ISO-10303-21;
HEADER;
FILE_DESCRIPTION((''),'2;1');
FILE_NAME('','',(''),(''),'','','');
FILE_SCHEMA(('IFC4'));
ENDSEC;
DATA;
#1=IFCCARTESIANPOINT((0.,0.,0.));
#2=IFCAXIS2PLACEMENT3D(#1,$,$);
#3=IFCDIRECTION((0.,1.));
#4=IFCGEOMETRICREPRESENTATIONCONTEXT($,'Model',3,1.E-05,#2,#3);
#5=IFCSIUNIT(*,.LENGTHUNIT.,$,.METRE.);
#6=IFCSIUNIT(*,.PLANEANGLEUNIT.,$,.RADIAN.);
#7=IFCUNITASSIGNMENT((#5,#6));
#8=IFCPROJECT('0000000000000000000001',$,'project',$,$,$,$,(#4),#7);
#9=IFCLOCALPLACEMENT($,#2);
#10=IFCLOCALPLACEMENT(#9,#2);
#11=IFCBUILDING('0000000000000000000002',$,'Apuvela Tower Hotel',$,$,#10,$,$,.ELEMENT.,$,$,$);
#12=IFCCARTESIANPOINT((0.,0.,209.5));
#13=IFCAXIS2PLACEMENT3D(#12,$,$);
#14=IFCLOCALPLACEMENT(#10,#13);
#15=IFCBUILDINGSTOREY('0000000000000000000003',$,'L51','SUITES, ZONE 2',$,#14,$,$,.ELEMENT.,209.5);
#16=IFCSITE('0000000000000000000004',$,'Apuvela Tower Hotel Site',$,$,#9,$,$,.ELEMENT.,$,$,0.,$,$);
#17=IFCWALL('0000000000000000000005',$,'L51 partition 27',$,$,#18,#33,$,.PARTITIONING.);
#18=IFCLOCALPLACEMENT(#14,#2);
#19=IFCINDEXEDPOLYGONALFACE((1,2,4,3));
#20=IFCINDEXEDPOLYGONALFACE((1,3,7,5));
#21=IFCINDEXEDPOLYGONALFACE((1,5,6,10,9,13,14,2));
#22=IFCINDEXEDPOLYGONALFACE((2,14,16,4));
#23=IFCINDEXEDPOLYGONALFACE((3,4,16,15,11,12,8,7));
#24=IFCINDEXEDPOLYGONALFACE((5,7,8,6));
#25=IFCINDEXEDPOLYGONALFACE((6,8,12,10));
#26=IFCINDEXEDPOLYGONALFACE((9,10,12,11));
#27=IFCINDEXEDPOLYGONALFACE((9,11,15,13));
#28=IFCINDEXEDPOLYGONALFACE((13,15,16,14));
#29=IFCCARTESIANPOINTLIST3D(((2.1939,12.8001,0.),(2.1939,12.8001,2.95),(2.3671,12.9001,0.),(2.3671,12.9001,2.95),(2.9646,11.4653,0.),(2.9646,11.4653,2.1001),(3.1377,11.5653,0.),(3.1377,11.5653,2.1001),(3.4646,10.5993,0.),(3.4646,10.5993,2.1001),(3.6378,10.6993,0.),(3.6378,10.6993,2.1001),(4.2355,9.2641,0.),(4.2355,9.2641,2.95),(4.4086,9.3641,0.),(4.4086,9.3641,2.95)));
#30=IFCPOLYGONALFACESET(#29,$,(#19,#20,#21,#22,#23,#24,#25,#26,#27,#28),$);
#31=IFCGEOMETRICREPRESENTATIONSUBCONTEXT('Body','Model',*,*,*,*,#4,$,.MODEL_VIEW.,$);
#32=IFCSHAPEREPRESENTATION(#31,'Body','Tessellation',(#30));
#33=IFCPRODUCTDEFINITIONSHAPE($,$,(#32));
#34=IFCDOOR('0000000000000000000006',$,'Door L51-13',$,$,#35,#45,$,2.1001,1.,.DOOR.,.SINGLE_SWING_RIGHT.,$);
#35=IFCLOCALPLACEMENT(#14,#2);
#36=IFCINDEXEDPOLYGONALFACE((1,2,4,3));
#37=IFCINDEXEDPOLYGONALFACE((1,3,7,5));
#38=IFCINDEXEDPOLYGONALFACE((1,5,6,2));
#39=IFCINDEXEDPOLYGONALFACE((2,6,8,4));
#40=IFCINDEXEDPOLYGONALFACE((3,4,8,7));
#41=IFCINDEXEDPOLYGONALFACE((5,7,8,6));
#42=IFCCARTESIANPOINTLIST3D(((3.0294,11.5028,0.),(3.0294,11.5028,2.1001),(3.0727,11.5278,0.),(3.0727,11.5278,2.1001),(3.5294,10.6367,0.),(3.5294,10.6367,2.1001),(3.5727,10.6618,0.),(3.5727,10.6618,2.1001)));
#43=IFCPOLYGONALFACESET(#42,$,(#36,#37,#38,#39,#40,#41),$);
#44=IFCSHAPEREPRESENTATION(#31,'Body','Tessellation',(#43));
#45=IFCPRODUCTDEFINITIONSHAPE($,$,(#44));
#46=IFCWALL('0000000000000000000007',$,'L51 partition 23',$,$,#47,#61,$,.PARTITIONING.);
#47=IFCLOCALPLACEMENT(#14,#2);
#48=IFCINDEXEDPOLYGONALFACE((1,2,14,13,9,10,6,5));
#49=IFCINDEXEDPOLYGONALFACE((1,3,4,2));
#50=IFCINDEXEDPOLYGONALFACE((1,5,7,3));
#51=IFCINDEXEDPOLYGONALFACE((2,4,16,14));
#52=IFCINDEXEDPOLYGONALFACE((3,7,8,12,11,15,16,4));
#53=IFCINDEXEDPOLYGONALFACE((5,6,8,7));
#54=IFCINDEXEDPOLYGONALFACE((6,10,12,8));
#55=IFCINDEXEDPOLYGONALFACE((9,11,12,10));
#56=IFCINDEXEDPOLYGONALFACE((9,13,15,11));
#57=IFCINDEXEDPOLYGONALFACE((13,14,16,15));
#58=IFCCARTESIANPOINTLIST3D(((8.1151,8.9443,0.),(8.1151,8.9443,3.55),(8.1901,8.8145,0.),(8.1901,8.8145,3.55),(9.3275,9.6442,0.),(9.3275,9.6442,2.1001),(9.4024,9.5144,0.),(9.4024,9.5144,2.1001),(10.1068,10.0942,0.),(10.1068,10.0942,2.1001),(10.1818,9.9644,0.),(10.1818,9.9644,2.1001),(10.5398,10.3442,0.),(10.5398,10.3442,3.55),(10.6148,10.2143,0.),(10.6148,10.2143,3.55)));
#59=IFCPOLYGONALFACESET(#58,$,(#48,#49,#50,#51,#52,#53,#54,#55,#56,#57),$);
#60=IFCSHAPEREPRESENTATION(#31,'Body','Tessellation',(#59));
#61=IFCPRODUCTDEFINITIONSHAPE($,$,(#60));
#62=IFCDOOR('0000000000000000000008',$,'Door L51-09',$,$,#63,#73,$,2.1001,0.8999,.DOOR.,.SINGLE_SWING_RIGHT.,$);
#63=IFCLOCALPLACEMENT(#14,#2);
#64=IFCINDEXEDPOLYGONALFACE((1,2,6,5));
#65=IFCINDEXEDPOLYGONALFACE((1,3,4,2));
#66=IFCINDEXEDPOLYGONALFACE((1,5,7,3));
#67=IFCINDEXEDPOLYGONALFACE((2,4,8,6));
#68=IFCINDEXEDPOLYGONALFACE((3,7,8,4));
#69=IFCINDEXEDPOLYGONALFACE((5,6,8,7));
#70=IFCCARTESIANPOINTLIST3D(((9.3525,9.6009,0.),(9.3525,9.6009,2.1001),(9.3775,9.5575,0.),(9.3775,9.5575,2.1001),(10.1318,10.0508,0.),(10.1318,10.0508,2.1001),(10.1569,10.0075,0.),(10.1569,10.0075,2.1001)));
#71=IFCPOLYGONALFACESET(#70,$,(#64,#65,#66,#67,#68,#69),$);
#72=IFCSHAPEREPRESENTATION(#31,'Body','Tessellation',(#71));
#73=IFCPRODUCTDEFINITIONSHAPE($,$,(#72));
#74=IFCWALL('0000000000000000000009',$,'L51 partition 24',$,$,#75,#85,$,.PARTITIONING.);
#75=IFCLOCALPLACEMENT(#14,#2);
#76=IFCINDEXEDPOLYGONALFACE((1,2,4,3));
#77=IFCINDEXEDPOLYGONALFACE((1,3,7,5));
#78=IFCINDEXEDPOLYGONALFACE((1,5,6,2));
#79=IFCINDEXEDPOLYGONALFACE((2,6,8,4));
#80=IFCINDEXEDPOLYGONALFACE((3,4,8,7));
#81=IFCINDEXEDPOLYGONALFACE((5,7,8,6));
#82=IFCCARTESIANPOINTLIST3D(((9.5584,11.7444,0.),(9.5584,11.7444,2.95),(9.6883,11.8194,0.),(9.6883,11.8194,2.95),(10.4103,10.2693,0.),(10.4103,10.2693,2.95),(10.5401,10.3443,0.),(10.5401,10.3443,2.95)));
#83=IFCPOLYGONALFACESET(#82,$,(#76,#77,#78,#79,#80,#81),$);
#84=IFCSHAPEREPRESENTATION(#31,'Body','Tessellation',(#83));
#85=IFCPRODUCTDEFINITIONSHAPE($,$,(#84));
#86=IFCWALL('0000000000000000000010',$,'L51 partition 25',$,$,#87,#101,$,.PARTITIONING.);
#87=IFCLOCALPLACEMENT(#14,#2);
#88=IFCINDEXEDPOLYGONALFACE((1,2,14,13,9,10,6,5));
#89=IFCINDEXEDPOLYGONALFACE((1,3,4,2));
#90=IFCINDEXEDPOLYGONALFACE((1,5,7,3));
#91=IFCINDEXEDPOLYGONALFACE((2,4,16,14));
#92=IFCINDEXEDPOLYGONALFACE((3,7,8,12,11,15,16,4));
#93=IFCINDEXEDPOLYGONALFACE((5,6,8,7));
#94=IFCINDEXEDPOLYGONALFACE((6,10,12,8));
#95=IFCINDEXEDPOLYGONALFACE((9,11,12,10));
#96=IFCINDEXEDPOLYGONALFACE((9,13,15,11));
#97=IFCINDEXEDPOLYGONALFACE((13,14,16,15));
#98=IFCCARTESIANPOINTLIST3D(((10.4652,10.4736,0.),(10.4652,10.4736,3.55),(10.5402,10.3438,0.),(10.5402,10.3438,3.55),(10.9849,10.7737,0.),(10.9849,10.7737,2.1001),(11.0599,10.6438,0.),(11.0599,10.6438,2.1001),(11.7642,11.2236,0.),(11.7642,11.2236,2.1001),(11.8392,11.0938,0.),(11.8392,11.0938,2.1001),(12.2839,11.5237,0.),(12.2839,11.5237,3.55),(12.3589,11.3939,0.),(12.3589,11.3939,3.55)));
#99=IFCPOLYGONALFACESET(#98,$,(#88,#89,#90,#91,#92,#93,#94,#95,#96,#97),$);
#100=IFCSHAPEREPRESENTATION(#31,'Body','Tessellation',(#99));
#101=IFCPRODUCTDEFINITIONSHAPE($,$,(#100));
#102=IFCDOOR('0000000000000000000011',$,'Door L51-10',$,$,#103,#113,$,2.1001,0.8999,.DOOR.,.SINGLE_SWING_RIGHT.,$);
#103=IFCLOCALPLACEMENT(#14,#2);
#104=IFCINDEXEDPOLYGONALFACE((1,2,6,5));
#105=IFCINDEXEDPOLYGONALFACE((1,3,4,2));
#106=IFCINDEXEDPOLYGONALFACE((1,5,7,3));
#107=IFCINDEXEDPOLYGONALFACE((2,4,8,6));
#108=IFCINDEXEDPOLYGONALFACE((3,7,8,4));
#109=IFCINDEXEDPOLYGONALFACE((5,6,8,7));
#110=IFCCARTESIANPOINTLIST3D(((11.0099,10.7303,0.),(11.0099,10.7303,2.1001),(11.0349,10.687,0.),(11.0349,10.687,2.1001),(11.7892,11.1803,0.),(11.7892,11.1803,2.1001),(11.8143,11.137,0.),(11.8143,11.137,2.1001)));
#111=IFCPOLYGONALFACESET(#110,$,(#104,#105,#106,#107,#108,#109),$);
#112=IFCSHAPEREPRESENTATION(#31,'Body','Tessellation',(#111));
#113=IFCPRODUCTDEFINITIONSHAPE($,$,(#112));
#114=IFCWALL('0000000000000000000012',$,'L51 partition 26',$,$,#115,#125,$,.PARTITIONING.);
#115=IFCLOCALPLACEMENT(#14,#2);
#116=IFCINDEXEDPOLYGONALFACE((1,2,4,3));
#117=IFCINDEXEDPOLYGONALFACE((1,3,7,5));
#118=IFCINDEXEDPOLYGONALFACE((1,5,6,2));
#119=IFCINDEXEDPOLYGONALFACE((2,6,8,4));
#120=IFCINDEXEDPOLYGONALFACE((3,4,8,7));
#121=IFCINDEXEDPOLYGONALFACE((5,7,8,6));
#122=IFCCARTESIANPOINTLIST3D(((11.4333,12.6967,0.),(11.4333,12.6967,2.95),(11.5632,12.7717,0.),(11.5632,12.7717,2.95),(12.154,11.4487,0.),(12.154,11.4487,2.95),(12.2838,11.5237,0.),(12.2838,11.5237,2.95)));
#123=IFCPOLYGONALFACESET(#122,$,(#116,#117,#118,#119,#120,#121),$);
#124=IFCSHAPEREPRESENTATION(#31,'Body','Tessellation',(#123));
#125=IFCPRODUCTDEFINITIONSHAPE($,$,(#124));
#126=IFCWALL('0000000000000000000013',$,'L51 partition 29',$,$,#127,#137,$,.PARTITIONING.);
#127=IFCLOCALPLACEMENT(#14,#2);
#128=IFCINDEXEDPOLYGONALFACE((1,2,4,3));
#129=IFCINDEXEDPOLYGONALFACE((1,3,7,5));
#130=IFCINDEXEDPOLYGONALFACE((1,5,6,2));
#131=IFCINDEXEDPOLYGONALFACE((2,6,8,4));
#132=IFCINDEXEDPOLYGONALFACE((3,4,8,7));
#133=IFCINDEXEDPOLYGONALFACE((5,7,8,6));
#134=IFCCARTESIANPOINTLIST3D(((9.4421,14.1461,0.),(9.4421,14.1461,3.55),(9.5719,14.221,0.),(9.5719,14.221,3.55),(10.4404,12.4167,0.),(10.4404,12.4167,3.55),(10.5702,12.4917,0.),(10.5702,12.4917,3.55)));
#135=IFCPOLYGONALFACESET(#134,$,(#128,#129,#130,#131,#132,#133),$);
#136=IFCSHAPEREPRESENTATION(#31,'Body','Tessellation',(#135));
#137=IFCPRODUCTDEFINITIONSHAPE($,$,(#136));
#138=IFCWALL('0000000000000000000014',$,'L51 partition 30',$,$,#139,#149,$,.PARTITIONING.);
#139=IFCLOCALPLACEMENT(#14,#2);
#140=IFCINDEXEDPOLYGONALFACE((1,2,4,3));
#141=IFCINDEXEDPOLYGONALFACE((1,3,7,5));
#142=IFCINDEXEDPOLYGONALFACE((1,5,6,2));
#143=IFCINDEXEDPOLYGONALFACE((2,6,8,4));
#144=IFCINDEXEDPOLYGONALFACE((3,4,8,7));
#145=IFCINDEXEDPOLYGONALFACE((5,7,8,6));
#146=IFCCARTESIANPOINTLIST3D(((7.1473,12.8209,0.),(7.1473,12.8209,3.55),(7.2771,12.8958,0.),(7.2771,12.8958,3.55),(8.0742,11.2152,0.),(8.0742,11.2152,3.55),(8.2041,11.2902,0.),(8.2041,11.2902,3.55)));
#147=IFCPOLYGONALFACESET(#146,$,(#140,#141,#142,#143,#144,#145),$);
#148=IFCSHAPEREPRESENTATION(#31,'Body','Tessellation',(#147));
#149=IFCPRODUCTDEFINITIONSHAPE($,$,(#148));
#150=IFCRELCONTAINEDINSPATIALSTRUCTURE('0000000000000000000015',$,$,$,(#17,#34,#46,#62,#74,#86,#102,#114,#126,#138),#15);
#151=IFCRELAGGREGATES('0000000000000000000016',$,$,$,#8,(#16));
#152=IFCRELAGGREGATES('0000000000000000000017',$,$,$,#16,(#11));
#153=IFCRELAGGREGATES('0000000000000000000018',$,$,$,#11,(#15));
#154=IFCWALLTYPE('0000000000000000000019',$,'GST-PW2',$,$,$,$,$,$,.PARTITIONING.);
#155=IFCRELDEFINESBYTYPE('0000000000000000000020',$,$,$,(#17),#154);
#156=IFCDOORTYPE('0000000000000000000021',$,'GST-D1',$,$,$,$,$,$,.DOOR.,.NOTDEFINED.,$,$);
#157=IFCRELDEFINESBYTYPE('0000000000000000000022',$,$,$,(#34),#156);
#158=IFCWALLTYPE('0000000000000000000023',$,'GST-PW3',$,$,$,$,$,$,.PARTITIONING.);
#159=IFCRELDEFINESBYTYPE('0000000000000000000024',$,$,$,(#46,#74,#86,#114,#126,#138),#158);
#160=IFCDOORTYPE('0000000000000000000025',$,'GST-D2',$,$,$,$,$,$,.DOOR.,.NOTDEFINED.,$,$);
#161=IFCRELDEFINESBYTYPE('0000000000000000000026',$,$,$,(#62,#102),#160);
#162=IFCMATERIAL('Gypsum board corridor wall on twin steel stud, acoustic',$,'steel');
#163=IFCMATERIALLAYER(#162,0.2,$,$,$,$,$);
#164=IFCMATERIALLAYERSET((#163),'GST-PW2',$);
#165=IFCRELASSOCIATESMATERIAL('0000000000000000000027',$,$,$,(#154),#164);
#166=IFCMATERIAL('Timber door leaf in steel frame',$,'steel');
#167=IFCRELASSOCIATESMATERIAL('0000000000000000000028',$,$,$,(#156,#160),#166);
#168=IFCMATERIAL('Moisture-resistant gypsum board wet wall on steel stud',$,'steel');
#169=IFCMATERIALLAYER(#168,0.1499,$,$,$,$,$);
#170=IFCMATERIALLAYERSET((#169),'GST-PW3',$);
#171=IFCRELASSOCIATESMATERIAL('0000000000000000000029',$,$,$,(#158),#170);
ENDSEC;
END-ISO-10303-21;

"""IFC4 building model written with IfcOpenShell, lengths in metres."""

from ifc_helpers import new_model, si_unit, direction, frame, frame_2d, origin, place, context, subcontext, project, spatial, rectangle, extrude, material, layer, layer_set, type_object, element, fill, save


model = new_model("IFC4")

# Units and contexts
model_context = context("Model", 3, precision=1e-05, world=origin(), true_north=direction((0.0, 1.0)))
body_context = subcontext(model_context, "Body", "Model", "MODEL_VIEW")
ifc_project = project(units=[si_unit("LENGTHUNIT", "METRE"), si_unit("PLANEANGLEUNIT", "RADIAN")], contexts=[model_context])

# Site, building, storey
site_placement = place(None, origin())
site = spatial("IfcSite", under=ifc_project, at=site_placement, Name="Apuvela Tower Hotel Site", CompositionType="ELEMENT", RefElevation=0.0)
building_placement = place(site_placement, origin())
building = spatial("IfcBuilding", under=site, at=building_placement, Name="Apuvela Tower Hotel", CompositionType="ELEMENT")
storey_placement = place(building_placement, frame((0.0, 0.0, 209.5)))
storey = spatial("IfcBuildingStorey", under=building, at=storey_placement, Name="L51", Description="SUITES, ZONE 2", CompositionType="ELEMENT", Elevation=209.5)

# Walls, openings, doors
ifc_material_1 = material(Name="Gypsum board corridor wall on twin steel stud, acoustic", Category="steel")
ifc_layer_1 = layer(ifc_material_1, 0.2)
ifc_layer_set_1 = layer_set([ifc_layer_1], Name="GST-PW2")
wall_type_1 = type_object("IfcWallType", Name="GST-PW2", PredefinedType="PARTITIONING", material=ifc_layer_set_1)
ifc_material_2 = material(Name="Timber door leaf in steel frame", Category="steel")
door_type_1 = type_object("IfcDoorType", Name="GST-D1", OperationType="NOTDEFINED", PredefinedType="DOOR", material=ifc_material_2)
wall_1_placement = place(storey_placement, frame((2.2805, 12.8501, 0.0), z_axis=(0.0, 0.0, 1.0), x_axis=(0.500011, -0.866019, 0.0)))
wall_1 = element("IfcWall", 1, at=wall_1_placement, inside=storey, type_object=wall_type_1, Name="L51 partition 27", PredefinedType="PARTITIONING", context=body_context, shape_type="SweptSolid", body=[
    extrude(rectangle(XDim=4.083, YDim=0.2, at=frame_2d((2.0415, 0.0))), origin(), (0.0, 0.0, 1.0), 2.95),
])
opening_1_placement = place(wall_1_placement, frame((1.5413, 0.0, 0.0)))
opening_1 = element("IfcOpeningElement", 2, at=opening_1_placement, cuts=wall_1, PredefinedType="OPENING", context=body_context, shape_type="SweptSolid", body=[
    extrude(rectangle(XDim=1.0, YDim=2.1001, at=frame_2d((0.5, 1.05))), frame((0.0, 0.1099, 0.0), z_axis=(0.0, -1.0, 0.0), x_axis=(1.0, 0.0, 0.0)), (0.0, 0.0, 1.0), 0.22),
])
door_1_placement = place(opening_1_placement, origin())
door_1 = element("IfcDoor", 3, at=door_1_placement, inside=storey, type_object=door_type_1, Name="Door L51-13", OperationType="SINGLE_SWING_RIGHT", OverallHeight=2.1001, OverallWidth=1.0, PredefinedType="DOOR", context=body_context, shape_type="SweptSolid", body=[
    extrude(rectangle(XDim=1.0, YDim=2.1001, at=frame_2d((0.5, 1.05))), frame((0.0, 0.0249, 0.0), z_axis=(0.0, -1.0, 0.0), x_axis=(1.0, 0.0, 0.0)), (0.0, 0.0, 1.0), 0.05),
])
fill(opening_1, door_1)
ifc_material_3 = material(Name="Moisture-resistant gypsum board wet wall on steel stud", Category="steel")
ifc_layer_2 = layer(ifc_material_3, 0.1499)
ifc_layer_set_2 = layer_set([ifc_layer_2], Name="GST-PW3")
wall_type_2 = type_object("IfcWallType", Name="GST-PW3", PredefinedType="PARTITIONING", material=ifc_layer_set_2)
wall_2_placement = place(storey_placement, frame((8.1526, 8.8794, 0.0), z_axis=(0.0, 0.0, 1.0), x_axis=(0.866035, 0.499984, 0.0)))
wall_2 = element("IfcWall", 4, at=wall_2_placement, inside=storey, type_object=wall_type_2, Name="L51 partition 23", PredefinedType="PARTITIONING", context=body_context, shape_type="SweptSolid", body=[
    extrude(rectangle(XDim=2.7998, YDim=0.1499, at=frame_2d((1.3999, 0.0))), origin(), (0.0, 0.0, 1.0), 3.55),
])
opening_2_placement = place(wall_2_placement, frame((1.3999, 0.0, 0.0)))
opening_2 = element("IfcOpeningElement", 5, at=opening_2_placement, cuts=wall_2, PredefinedType="OPENING", context=body_context, shape_type="SweptSolid", body=[
    extrude(rectangle(XDim=0.8999, YDim=2.1001, at=frame_2d((0.45, 1.05))), frame((0.0, 0.085, 0.0), z_axis=(0.0, -1.0, 0.0), x_axis=(1.0, 0.0, 0.0)), (0.0, 0.0, 1.0), 0.1699),
])
door_type_2 = type_object("IfcDoorType", Name="GST-D2", OperationType="NOTDEFINED", PredefinedType="DOOR", material=ifc_material_2)
door_2_placement = place(opening_2_placement, origin())
door_2 = element("IfcDoor", 6, at=door_2_placement, inside=storey, type_object=door_type_2, Name="Door L51-09", OperationType="SINGLE_SWING_RIGHT", OverallHeight=2.1001, OverallWidth=0.8999, PredefinedType="DOOR", context=body_context, shape_type="SweptSolid", body=[
    extrude(rectangle(XDim=0.8999, YDim=2.1001, at=frame_2d((0.45, 1.05))), frame((0.0, 0.0249, 0.0), z_axis=(0.0, -1.0, 0.0), x_axis=(1.0, 0.0, 0.0)), (0.0, 0.0, 1.0), 0.05),
])
fill(opening_2, door_2)

# Wall
wall_3_placement = place(storey_placement, frame((10.4751, 10.3069, 0.0), z_axis=(0.0, 0.0, 1.0), x_axis=(-0.50007, 0.865985, 0.0)))
element("IfcWall", 7, at=wall_3_placement, inside=storey, type_object=wall_type_2, Name="L51 partition 24", PredefinedType="PARTITIONING", context=body_context, shape_type="SweptSolid", body=[
    extrude(rectangle(XDim=1.7034, YDim=0.1499, at=frame_2d((0.8516, 0.0))), origin(), (0.0, 0.0, 1.0), 2.95),
])

# Wall, opening, door
wall_4_placement = place(storey_placement, frame((10.5027, 10.4087, 0.0), z_axis=(0.0, 0.0, 1.0), x_axis=(0.866009, 0.500028, 0.0)))
wall_4 = element("IfcWall", 8, at=wall_4_placement, inside=storey, type_object=wall_type_2, Name="L51 partition 25", PredefinedType="PARTITIONING", context=body_context, shape_type="SweptSolid", body=[
    extrude(rectangle(XDim=2.1001, YDim=0.1499, at=frame_2d((1.05, 0.0))), origin(), (0.0, 0.0, 1.0), 3.55),
])
opening_3_placement = place(wall_4_placement, frame((0.6001, 0.0, 0.0)))
opening_3 = element("IfcOpeningElement", 9, at=opening_3_placement, cuts=wall_4, PredefinedType="OPENING", context=body_context, shape_type="SweptSolid", body=[
    extrude(rectangle(XDim=0.8999, YDim=2.1001, at=frame_2d((0.45, 1.05))), frame((0.0, 0.085, 0.0), z_axis=(0.0, -1.0, 0.0), x_axis=(1.0, 0.0, 0.0)), (0.0, 0.0, 1.0), 0.1699),
])
door_3_placement = place(opening_3_placement, origin())
door_3 = element("IfcDoor", 10, at=door_3_placement, inside=storey, type_object=door_type_2, Name="Door L51-10", OperationType="SINGLE_SWING_RIGHT", OverallHeight=2.1001, OverallWidth=0.8999, PredefinedType="DOOR", context=body_context, shape_type="SweptSolid", body=[
    extrude(rectangle(XDim=0.8999, YDim=2.1001, at=frame_2d((0.45, 1.05))), frame((0.0, 0.0249, 0.0), z_axis=(0.0, -1.0, 0.0), x_axis=(1.0, 0.0, 0.0)), (0.0, 0.0, 1.0), 0.05),
])
fill(opening_3, door_3)

# Walls
wall_5_placement = place(storey_placement, frame((12.219, 11.4861, 0.0), z_axis=(0.0, 0.0, 1.0), x_axis=(-0.500074, 0.865982, 0.0)))
element("IfcWall", 11, at=wall_5_placement, inside=storey, type_object=wall_type_2, Name="L51 partition 26", PredefinedType="PARTITIONING", context=body_context, shape_type="SweptSolid", body=[
    extrude(rectangle(XDim=1.4412, YDim=0.1499, at=frame_2d((0.7207, 0.0))), origin(), (0.0, 0.0, 1.0), 2.95),
])
wall_6_placement = place(storey_placement, frame((10.5054, 12.4541, 0.0), z_axis=(0.0, 0.0, 1.0), x_axis=(-0.499966, 0.866045, 0.0)))
element("IfcWall", 12, at=wall_6_placement, inside=storey, type_object=wall_type_2, Name="L51 partition 29", PredefinedType="PARTITIONING", context=body_context, shape_type="SweptSolid", body=[
    extrude(rectangle(XDim=1.9968, YDim=0.1499, at=frame_2d((0.9985, 0.0))), origin(), (0.0, 0.0, 1.0), 3.55),
])
wall_7_placement = place(storey_placement, frame((8.1392, 11.2527, 0.0), z_axis=(0.0, 0.0, 1.0), x_axis=(-0.499977, 0.866039, 0.0)))
element("IfcWall", 13, at=wall_7_placement, inside=storey, type_object=wall_type_2, Name="L51 partition 30", PredefinedType="PARTITIONING", context=body_context, shape_type="SweptSolid", body=[
    extrude(rectangle(XDim=1.854, YDim=0.1499, at=frame_2d((0.927, 0.0))), origin(), (0.0, 0.0, 1.0), 3.55),
])

save(model, "model.ifc")
